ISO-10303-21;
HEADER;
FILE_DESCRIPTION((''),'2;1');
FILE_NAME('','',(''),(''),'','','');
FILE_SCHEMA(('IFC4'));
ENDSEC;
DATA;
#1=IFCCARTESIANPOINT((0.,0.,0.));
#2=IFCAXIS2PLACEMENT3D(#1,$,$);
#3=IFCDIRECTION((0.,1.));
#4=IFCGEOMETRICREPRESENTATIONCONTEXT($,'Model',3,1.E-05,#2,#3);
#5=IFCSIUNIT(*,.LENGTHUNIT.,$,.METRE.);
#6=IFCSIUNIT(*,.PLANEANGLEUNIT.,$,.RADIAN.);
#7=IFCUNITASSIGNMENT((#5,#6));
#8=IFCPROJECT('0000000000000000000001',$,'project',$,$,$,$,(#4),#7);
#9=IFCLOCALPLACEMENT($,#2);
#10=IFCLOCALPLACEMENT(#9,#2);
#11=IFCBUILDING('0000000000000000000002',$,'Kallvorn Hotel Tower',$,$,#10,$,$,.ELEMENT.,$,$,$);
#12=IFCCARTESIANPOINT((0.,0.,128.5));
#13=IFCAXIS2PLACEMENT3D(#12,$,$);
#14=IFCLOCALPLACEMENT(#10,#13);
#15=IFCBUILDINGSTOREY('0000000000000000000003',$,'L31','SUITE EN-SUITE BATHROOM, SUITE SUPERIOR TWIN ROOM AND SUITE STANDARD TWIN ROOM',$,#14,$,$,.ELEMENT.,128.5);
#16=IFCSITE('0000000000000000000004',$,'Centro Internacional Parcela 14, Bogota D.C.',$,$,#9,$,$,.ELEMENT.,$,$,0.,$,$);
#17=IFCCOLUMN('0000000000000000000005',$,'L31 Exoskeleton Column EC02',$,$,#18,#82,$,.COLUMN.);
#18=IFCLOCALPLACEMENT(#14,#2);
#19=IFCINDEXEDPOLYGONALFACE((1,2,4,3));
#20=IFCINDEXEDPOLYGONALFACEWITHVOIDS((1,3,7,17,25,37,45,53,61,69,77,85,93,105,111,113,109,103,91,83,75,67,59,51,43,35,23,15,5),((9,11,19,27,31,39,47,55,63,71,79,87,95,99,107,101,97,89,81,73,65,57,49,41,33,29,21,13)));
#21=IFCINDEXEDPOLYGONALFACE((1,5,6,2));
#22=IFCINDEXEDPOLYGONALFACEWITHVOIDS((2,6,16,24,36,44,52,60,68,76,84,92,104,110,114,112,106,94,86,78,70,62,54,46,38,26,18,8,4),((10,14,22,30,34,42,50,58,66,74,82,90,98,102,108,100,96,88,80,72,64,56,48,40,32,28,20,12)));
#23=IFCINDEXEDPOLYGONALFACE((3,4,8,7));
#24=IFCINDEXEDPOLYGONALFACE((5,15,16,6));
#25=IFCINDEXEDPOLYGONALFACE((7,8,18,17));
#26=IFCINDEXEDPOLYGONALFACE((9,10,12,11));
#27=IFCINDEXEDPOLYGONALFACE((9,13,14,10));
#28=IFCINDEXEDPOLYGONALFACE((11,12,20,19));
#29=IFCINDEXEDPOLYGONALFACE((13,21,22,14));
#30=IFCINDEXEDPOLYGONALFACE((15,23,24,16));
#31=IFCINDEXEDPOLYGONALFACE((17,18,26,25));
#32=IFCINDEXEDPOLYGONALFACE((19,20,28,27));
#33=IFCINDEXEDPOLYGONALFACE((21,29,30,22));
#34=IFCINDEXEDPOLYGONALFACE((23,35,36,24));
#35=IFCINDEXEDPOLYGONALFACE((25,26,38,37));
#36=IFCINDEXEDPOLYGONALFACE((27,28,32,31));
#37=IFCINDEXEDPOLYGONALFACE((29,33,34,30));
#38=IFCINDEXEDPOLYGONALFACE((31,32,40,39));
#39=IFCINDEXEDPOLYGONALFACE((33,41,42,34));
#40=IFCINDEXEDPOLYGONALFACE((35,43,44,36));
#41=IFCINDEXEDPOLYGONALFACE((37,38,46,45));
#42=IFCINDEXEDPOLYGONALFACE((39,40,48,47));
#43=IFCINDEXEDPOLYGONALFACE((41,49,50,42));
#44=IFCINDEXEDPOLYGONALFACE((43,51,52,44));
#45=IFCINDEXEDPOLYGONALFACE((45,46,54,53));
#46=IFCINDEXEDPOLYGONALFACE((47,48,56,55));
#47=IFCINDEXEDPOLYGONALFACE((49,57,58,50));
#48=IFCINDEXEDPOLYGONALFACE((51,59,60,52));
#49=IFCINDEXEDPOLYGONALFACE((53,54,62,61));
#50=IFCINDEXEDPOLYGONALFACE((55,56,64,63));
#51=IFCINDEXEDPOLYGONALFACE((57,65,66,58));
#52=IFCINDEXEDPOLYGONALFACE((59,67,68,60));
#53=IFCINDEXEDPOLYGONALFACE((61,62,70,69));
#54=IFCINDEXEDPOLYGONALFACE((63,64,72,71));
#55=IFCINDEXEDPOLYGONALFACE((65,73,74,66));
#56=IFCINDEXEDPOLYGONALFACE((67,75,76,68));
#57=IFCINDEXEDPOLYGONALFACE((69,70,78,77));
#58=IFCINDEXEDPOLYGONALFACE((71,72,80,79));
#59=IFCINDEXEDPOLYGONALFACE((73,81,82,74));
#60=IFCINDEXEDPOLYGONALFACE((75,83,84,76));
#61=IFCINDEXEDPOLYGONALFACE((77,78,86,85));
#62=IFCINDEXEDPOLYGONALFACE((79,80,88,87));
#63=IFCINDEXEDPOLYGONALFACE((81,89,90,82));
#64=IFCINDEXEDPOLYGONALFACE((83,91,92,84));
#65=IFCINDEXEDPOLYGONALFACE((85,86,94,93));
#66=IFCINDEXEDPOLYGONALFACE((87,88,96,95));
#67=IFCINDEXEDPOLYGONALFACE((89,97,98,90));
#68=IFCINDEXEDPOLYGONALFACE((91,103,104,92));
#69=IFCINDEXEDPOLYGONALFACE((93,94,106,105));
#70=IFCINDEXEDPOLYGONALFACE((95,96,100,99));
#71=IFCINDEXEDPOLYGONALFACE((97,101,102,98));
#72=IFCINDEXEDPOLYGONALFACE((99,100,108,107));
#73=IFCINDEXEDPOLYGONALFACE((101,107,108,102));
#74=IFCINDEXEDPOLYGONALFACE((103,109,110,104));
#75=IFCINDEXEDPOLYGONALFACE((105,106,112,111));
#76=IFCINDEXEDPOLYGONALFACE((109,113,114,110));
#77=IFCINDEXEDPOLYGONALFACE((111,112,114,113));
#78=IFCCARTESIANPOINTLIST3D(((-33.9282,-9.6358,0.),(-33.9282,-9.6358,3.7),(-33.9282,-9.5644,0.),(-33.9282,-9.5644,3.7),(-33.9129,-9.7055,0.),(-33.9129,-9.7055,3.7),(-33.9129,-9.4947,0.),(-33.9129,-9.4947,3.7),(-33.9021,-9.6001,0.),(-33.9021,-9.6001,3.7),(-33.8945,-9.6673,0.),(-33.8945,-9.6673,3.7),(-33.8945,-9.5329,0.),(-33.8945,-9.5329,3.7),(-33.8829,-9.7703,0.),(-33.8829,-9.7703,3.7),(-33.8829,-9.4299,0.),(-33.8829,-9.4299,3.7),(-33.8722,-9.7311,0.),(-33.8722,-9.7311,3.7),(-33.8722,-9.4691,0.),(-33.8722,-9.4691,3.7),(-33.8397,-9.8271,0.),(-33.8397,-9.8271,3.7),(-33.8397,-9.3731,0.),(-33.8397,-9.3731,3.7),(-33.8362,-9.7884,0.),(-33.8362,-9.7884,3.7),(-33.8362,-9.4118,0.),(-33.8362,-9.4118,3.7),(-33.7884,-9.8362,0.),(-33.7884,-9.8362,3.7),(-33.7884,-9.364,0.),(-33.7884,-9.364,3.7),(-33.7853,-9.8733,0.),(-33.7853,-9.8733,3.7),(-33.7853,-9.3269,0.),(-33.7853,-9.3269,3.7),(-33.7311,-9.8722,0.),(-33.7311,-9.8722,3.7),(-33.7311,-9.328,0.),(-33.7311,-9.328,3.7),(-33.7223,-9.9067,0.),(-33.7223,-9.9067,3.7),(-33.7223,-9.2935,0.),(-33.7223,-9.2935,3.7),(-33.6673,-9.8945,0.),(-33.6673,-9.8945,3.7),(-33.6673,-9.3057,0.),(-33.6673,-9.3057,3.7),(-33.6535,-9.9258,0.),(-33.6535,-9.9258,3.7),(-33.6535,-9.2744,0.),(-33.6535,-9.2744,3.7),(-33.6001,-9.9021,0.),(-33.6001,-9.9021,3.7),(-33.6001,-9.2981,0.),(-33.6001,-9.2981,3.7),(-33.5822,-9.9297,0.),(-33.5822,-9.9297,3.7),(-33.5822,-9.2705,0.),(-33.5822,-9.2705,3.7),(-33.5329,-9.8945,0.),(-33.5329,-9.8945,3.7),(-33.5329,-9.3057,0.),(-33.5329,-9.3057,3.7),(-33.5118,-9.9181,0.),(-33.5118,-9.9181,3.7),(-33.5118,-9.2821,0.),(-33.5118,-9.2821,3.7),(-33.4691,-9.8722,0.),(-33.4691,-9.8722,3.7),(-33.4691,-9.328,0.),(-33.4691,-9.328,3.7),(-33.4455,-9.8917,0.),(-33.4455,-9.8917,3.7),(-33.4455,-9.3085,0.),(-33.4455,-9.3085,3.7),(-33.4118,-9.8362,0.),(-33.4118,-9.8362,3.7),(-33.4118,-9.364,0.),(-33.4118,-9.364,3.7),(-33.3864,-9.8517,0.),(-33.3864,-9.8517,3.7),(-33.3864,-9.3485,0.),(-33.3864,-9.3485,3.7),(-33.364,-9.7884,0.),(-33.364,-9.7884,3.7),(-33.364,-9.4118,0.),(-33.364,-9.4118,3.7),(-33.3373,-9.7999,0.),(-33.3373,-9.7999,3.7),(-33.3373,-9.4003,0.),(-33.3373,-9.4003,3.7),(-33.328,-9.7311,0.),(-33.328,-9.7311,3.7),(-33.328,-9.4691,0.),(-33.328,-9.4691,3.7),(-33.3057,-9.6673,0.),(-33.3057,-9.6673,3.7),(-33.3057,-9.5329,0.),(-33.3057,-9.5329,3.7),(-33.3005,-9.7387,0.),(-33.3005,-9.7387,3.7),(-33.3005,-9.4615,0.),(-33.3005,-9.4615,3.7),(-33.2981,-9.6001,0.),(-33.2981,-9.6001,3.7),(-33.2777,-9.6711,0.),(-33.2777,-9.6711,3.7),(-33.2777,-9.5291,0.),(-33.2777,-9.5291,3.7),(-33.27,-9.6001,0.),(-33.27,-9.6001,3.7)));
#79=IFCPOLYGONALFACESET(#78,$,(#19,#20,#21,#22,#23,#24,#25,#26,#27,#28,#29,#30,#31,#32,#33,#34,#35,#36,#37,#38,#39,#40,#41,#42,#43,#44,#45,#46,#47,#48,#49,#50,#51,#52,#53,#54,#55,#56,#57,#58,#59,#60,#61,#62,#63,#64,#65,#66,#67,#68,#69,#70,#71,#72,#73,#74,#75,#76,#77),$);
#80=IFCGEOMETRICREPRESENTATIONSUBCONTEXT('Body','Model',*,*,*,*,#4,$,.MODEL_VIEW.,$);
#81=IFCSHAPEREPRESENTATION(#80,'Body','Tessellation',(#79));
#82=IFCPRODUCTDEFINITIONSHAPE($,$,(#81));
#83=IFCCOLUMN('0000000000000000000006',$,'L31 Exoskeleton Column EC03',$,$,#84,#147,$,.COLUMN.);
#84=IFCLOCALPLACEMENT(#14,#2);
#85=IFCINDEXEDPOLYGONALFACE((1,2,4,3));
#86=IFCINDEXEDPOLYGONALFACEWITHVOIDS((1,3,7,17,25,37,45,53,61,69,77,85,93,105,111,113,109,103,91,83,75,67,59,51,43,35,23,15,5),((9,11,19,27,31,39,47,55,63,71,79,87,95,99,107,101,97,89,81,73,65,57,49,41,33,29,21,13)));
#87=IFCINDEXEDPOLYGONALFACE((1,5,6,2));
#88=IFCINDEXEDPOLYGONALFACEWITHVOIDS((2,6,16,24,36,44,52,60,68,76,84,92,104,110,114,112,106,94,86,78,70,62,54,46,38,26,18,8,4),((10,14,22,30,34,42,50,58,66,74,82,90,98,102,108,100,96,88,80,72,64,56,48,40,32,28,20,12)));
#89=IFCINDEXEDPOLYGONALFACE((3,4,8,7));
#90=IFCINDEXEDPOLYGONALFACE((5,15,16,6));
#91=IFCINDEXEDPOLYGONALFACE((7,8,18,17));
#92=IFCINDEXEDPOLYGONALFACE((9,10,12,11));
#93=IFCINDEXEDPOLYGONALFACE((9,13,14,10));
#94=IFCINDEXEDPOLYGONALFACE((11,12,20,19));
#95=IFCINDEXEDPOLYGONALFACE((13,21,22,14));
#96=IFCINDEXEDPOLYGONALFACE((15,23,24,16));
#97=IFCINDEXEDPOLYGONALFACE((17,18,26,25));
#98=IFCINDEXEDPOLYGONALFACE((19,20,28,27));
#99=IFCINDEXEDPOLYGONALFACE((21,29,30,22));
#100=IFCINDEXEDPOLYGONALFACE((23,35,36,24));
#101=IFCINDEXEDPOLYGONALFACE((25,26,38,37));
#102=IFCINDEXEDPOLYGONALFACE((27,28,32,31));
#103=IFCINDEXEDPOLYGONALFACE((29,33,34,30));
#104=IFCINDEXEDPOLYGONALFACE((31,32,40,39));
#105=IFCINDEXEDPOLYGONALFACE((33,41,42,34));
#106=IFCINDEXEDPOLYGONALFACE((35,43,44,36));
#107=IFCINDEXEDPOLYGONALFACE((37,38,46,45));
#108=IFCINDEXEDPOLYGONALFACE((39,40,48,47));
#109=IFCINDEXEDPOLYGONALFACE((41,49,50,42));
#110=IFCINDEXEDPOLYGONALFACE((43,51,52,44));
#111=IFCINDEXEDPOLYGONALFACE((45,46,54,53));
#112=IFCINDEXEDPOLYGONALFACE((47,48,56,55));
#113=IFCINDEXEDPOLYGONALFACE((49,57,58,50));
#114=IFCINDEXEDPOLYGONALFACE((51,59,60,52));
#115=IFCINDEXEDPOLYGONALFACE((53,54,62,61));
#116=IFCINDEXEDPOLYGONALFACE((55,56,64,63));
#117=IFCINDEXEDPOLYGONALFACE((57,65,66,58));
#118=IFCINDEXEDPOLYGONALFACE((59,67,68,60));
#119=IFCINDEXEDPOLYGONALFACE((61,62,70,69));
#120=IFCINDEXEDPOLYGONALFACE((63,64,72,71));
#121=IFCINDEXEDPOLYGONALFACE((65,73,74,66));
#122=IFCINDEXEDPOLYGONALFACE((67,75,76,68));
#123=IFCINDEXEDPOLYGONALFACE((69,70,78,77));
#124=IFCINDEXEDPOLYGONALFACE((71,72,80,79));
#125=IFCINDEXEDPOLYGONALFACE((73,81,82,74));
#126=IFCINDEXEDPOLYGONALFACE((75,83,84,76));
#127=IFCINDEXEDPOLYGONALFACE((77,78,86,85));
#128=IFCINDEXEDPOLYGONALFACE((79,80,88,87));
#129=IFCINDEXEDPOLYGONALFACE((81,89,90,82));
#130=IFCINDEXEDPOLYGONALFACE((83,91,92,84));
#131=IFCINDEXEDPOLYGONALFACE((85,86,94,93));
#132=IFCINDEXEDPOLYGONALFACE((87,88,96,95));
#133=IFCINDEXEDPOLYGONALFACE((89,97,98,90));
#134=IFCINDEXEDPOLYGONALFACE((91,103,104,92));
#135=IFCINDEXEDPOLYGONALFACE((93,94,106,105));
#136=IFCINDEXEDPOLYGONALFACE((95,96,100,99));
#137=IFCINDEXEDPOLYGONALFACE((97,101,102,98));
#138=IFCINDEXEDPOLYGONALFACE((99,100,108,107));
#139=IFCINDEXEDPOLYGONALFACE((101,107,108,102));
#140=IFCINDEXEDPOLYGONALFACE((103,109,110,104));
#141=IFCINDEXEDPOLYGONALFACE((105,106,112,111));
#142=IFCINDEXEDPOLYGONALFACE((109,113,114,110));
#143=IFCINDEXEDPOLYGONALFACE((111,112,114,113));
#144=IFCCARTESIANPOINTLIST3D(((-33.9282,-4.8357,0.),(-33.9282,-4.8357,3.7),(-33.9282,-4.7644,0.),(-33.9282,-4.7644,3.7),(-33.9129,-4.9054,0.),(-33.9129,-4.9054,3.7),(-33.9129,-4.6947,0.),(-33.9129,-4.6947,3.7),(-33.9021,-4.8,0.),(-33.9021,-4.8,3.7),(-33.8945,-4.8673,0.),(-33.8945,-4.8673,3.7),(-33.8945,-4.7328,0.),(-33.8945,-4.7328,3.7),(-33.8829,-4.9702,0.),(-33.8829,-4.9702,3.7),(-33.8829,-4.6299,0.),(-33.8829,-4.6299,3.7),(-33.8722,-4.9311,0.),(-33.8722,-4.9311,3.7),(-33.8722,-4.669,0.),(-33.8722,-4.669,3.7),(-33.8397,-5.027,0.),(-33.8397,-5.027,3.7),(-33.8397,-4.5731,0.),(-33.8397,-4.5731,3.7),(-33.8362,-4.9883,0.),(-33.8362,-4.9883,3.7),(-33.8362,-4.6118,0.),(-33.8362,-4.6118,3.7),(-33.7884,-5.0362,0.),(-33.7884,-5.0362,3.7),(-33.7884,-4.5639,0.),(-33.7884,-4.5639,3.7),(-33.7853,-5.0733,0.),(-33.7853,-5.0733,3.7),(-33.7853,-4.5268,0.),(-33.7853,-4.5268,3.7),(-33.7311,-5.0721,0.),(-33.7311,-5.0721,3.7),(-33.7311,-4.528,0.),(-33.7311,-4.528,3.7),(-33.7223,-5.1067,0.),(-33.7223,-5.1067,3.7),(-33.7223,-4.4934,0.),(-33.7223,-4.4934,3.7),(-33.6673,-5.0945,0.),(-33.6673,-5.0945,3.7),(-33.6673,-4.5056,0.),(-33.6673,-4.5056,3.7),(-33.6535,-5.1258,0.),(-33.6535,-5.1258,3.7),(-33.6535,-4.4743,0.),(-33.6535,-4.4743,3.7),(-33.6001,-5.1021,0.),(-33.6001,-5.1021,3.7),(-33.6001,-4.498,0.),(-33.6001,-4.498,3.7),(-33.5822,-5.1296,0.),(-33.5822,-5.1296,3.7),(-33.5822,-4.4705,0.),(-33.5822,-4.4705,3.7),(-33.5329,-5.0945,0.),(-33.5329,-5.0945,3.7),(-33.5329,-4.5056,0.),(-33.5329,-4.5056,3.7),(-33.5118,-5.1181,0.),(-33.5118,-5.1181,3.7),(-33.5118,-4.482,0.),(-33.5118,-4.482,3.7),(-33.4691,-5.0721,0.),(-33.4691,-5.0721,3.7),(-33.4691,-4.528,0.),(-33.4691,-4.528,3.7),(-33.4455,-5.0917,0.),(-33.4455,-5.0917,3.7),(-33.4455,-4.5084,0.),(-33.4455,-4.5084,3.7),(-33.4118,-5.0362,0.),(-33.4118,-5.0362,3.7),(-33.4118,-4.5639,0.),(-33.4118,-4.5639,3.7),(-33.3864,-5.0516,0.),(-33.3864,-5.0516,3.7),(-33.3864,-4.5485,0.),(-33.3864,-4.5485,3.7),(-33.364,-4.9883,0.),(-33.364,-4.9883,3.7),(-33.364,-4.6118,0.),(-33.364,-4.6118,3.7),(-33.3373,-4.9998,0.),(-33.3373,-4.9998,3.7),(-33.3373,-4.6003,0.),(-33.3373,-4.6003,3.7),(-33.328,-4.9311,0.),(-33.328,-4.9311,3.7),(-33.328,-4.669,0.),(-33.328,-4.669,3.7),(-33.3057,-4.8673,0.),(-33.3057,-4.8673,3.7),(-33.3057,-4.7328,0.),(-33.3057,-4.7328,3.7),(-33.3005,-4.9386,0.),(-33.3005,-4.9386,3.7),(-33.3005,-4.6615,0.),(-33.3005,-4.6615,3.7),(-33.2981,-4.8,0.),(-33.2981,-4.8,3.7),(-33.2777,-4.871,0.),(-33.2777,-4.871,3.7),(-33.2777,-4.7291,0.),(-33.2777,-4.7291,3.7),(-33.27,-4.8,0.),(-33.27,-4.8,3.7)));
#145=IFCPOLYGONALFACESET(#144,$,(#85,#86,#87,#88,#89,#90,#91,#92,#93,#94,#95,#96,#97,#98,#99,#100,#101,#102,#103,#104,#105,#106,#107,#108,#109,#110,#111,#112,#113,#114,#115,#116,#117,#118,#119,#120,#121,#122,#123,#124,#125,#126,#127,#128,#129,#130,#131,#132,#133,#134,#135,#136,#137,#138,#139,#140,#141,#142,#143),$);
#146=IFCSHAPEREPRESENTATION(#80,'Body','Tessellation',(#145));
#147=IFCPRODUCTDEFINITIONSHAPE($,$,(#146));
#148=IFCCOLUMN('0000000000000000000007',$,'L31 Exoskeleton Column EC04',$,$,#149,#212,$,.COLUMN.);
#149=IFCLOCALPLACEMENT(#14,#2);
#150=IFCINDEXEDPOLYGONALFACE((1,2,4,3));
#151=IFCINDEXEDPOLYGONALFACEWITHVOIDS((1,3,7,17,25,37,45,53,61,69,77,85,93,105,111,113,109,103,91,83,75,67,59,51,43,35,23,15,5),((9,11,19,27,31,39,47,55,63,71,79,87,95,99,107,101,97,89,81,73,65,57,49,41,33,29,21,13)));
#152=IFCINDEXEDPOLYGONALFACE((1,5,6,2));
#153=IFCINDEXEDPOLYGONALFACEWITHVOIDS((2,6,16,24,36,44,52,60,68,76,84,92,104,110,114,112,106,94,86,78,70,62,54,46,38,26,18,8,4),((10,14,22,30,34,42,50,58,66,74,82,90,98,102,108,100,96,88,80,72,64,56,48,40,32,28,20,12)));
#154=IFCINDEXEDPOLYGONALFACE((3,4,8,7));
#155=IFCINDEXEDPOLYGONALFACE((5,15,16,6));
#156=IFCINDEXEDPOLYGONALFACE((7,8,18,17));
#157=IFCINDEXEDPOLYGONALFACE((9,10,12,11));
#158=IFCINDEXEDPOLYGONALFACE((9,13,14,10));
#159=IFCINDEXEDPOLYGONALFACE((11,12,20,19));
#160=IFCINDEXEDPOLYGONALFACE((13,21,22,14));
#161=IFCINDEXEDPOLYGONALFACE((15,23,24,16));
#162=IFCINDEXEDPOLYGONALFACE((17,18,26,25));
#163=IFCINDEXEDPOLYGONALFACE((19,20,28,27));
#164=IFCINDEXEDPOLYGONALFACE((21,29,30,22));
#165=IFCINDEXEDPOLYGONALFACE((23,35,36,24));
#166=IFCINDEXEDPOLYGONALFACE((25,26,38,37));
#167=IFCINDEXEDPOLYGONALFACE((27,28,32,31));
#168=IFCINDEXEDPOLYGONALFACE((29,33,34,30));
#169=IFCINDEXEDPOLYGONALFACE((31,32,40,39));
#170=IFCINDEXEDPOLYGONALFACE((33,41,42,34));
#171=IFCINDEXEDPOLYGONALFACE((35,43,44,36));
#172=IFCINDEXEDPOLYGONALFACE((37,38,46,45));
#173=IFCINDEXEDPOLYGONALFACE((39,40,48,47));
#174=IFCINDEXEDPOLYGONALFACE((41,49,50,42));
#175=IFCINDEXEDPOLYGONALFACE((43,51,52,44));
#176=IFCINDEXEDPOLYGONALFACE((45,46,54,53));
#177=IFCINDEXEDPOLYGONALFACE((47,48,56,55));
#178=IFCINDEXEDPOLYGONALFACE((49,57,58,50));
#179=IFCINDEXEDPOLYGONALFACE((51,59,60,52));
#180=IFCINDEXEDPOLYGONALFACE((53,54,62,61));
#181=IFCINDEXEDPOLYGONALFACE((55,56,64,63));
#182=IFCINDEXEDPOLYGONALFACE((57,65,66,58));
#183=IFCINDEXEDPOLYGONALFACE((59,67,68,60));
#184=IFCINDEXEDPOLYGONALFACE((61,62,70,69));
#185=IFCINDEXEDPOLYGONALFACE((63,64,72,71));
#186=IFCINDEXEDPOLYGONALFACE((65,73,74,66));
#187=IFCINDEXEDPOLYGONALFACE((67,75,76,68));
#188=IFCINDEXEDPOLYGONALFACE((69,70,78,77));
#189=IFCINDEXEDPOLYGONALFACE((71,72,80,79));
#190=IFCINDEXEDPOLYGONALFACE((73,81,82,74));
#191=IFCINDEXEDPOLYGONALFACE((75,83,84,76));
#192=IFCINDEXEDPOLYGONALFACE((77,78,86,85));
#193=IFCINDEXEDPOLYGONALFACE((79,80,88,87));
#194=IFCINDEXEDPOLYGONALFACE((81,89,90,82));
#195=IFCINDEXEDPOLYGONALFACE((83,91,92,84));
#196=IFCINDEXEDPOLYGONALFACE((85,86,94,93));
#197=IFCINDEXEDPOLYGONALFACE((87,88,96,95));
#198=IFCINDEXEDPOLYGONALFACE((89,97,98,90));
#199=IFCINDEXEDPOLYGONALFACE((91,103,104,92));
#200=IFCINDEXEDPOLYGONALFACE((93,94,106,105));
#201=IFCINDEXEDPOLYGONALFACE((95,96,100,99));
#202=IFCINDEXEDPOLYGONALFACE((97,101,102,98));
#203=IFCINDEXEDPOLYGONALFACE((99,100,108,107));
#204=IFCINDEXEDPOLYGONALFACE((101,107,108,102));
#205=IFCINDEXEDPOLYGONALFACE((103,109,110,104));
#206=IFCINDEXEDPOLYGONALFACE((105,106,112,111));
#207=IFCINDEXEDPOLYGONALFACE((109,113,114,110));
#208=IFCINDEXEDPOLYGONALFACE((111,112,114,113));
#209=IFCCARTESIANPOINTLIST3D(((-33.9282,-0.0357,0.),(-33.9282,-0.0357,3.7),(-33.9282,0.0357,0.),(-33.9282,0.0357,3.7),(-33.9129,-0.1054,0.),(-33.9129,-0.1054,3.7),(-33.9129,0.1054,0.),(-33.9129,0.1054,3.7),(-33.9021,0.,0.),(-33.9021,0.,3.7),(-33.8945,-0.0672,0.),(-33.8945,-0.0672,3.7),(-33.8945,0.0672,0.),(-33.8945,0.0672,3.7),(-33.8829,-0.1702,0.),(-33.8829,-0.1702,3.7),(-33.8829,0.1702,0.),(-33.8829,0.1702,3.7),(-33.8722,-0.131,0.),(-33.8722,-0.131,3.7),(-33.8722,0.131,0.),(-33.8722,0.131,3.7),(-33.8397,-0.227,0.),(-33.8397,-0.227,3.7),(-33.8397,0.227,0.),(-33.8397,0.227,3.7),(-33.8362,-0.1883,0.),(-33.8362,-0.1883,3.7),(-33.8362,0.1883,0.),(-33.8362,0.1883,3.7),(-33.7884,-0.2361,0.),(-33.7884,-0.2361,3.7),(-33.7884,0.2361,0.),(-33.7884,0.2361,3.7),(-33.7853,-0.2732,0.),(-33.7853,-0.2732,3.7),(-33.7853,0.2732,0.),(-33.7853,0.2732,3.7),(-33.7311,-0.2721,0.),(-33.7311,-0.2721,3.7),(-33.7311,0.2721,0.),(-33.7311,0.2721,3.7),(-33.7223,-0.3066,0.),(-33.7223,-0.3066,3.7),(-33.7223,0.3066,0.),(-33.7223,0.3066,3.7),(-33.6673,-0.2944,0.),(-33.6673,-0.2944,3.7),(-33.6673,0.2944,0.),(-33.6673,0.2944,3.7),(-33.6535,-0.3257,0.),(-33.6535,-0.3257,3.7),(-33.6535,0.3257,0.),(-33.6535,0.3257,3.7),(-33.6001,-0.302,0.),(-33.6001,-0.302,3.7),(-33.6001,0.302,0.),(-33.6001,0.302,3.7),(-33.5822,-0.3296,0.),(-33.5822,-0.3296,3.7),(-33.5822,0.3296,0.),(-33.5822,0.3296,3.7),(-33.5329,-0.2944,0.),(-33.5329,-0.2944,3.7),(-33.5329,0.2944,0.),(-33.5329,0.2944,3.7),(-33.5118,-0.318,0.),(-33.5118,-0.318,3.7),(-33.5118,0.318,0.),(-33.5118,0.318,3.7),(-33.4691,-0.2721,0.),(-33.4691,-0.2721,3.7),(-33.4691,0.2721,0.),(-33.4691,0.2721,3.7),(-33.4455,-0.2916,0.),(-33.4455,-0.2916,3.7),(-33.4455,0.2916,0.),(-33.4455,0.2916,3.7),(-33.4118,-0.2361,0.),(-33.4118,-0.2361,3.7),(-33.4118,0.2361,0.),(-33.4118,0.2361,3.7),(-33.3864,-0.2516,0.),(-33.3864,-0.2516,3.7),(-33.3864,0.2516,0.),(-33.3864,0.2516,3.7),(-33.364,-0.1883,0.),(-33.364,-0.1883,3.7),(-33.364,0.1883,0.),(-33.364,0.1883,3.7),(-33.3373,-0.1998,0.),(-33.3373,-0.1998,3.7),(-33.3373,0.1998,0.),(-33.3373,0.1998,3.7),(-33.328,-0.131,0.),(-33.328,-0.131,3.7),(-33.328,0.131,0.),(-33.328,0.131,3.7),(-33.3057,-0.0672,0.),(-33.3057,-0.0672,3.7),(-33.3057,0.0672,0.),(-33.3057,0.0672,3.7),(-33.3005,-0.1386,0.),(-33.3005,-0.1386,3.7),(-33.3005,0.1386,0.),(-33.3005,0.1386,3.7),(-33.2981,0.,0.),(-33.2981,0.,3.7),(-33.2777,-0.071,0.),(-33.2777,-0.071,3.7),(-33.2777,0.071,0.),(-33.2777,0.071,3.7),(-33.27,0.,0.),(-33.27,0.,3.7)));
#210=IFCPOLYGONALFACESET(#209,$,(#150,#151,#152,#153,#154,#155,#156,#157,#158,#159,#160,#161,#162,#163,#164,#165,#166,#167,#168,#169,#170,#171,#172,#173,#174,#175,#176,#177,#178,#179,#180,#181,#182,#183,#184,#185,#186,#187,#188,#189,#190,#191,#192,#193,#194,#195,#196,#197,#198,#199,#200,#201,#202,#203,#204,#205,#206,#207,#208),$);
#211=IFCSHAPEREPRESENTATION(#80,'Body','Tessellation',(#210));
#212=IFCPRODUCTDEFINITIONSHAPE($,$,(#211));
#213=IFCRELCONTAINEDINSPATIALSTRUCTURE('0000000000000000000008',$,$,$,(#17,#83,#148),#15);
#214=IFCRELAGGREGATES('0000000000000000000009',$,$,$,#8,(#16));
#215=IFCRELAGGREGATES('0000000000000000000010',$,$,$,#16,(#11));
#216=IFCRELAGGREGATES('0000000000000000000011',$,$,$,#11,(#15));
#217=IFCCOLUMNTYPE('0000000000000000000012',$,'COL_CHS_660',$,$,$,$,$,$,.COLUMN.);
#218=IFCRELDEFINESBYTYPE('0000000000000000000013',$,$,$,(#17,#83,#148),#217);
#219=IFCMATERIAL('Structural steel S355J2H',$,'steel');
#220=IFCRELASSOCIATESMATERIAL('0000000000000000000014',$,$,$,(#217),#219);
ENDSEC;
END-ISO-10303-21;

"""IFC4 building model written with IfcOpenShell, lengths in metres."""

from ifc_helpers import new_model, si_unit, direction, frame, origin, origin_2d, place, context, subcontext, project, spatial, hollow_circle, extrude, material, material_profile, profile_set, type_object, element, save


model = new_model("IFC4")

# Units and contexts
model_context = context("Model", 3, precision=1e-05, world=origin(), true_north=direction((0.0, 1.0)))
body_context = subcontext(model_context, "Body", "Model", "MODEL_VIEW")
ifc_project = project(units=[si_unit("LENGTHUNIT", "METRE"), si_unit("PLANEANGLEUNIT", "RADIAN")], contexts=[model_context])

# Site, building, storey
site_placement = place(None, origin())
site = spatial("IfcSite", under=ifc_project, at=site_placement, Name="Centro Internacional Parcela 14, Bogota D.C.", CompositionType="ELEMENT", RefElevation=0.0)
building_placement = place(site_placement, origin())
building = spatial("IfcBuilding", under=site, at=building_placement, Name="Kallvorn Hotel Tower", CompositionType="ELEMENT")
storey_placement = place(building_placement, frame((0.0, 0.0, 128.5)))
storey = spatial("IfcBuildingStorey", under=building, at=storey_placement, Name="L31", Description="SUITE EN-SUITE BATHROOM, SUITE SUPERIOR TWIN ROOM AND SUITE STANDARD TWIN ROOM", CompositionType="ELEMENT", Elevation=128.5)

# Columns
ifc_material_1 = material(Name="Structural steel S355J2H", Category="steel")
ifc_material_profile_1 = material_profile(ifc_material_1, hollow_circle(Radius=0.3301, WallThickness=0.0281, at=origin_2d()), Name="CHS 660x28")
ifc_profile_set_1 = profile_set([ifc_material_profile_1], Name="Structural steel S355J2H")
column_type_1 = type_object("IfcColumnType", Name="COL_CHS_660", PredefinedType="COLUMN", material=ifc_profile_set_1)
for number, where, z_axis, x_axis, name in (
    (1, (-33.6001, -9.6001, 0.0), (0.0, 0.0, 1.0), (1.0, 0.0, 0.0), "L31 Exoskeleton Column EC02"),
    (2, (-33.6001, -4.8, 0.0), (0.0, 0.0, 1.0), (1.0, 0.0, 0.0), "L31 Exoskeleton Column EC03"),
    (3, (-33.6001, 0.0, 0.0), (0.0, 0.0, 1.0), (1.0, 0.0, 0.0), "L31 Exoskeleton Column EC04"),
):
    element("IfcColumn", number, at=place(storey_placement, frame(where, z_axis=z_axis, x_axis=x_axis)), inside=storey, type_object=column_type_1, Name=name, PredefinedType="COLUMN", context=body_context, shape_type="SweptSolid", body=[
        extrude(hollow_circle(Radius=0.3301, WallThickness=0.0281, at=origin_2d()), origin(), (0.0, 0.0, 1.0), 3.7),
    ])

save(model, "model.ifc")
